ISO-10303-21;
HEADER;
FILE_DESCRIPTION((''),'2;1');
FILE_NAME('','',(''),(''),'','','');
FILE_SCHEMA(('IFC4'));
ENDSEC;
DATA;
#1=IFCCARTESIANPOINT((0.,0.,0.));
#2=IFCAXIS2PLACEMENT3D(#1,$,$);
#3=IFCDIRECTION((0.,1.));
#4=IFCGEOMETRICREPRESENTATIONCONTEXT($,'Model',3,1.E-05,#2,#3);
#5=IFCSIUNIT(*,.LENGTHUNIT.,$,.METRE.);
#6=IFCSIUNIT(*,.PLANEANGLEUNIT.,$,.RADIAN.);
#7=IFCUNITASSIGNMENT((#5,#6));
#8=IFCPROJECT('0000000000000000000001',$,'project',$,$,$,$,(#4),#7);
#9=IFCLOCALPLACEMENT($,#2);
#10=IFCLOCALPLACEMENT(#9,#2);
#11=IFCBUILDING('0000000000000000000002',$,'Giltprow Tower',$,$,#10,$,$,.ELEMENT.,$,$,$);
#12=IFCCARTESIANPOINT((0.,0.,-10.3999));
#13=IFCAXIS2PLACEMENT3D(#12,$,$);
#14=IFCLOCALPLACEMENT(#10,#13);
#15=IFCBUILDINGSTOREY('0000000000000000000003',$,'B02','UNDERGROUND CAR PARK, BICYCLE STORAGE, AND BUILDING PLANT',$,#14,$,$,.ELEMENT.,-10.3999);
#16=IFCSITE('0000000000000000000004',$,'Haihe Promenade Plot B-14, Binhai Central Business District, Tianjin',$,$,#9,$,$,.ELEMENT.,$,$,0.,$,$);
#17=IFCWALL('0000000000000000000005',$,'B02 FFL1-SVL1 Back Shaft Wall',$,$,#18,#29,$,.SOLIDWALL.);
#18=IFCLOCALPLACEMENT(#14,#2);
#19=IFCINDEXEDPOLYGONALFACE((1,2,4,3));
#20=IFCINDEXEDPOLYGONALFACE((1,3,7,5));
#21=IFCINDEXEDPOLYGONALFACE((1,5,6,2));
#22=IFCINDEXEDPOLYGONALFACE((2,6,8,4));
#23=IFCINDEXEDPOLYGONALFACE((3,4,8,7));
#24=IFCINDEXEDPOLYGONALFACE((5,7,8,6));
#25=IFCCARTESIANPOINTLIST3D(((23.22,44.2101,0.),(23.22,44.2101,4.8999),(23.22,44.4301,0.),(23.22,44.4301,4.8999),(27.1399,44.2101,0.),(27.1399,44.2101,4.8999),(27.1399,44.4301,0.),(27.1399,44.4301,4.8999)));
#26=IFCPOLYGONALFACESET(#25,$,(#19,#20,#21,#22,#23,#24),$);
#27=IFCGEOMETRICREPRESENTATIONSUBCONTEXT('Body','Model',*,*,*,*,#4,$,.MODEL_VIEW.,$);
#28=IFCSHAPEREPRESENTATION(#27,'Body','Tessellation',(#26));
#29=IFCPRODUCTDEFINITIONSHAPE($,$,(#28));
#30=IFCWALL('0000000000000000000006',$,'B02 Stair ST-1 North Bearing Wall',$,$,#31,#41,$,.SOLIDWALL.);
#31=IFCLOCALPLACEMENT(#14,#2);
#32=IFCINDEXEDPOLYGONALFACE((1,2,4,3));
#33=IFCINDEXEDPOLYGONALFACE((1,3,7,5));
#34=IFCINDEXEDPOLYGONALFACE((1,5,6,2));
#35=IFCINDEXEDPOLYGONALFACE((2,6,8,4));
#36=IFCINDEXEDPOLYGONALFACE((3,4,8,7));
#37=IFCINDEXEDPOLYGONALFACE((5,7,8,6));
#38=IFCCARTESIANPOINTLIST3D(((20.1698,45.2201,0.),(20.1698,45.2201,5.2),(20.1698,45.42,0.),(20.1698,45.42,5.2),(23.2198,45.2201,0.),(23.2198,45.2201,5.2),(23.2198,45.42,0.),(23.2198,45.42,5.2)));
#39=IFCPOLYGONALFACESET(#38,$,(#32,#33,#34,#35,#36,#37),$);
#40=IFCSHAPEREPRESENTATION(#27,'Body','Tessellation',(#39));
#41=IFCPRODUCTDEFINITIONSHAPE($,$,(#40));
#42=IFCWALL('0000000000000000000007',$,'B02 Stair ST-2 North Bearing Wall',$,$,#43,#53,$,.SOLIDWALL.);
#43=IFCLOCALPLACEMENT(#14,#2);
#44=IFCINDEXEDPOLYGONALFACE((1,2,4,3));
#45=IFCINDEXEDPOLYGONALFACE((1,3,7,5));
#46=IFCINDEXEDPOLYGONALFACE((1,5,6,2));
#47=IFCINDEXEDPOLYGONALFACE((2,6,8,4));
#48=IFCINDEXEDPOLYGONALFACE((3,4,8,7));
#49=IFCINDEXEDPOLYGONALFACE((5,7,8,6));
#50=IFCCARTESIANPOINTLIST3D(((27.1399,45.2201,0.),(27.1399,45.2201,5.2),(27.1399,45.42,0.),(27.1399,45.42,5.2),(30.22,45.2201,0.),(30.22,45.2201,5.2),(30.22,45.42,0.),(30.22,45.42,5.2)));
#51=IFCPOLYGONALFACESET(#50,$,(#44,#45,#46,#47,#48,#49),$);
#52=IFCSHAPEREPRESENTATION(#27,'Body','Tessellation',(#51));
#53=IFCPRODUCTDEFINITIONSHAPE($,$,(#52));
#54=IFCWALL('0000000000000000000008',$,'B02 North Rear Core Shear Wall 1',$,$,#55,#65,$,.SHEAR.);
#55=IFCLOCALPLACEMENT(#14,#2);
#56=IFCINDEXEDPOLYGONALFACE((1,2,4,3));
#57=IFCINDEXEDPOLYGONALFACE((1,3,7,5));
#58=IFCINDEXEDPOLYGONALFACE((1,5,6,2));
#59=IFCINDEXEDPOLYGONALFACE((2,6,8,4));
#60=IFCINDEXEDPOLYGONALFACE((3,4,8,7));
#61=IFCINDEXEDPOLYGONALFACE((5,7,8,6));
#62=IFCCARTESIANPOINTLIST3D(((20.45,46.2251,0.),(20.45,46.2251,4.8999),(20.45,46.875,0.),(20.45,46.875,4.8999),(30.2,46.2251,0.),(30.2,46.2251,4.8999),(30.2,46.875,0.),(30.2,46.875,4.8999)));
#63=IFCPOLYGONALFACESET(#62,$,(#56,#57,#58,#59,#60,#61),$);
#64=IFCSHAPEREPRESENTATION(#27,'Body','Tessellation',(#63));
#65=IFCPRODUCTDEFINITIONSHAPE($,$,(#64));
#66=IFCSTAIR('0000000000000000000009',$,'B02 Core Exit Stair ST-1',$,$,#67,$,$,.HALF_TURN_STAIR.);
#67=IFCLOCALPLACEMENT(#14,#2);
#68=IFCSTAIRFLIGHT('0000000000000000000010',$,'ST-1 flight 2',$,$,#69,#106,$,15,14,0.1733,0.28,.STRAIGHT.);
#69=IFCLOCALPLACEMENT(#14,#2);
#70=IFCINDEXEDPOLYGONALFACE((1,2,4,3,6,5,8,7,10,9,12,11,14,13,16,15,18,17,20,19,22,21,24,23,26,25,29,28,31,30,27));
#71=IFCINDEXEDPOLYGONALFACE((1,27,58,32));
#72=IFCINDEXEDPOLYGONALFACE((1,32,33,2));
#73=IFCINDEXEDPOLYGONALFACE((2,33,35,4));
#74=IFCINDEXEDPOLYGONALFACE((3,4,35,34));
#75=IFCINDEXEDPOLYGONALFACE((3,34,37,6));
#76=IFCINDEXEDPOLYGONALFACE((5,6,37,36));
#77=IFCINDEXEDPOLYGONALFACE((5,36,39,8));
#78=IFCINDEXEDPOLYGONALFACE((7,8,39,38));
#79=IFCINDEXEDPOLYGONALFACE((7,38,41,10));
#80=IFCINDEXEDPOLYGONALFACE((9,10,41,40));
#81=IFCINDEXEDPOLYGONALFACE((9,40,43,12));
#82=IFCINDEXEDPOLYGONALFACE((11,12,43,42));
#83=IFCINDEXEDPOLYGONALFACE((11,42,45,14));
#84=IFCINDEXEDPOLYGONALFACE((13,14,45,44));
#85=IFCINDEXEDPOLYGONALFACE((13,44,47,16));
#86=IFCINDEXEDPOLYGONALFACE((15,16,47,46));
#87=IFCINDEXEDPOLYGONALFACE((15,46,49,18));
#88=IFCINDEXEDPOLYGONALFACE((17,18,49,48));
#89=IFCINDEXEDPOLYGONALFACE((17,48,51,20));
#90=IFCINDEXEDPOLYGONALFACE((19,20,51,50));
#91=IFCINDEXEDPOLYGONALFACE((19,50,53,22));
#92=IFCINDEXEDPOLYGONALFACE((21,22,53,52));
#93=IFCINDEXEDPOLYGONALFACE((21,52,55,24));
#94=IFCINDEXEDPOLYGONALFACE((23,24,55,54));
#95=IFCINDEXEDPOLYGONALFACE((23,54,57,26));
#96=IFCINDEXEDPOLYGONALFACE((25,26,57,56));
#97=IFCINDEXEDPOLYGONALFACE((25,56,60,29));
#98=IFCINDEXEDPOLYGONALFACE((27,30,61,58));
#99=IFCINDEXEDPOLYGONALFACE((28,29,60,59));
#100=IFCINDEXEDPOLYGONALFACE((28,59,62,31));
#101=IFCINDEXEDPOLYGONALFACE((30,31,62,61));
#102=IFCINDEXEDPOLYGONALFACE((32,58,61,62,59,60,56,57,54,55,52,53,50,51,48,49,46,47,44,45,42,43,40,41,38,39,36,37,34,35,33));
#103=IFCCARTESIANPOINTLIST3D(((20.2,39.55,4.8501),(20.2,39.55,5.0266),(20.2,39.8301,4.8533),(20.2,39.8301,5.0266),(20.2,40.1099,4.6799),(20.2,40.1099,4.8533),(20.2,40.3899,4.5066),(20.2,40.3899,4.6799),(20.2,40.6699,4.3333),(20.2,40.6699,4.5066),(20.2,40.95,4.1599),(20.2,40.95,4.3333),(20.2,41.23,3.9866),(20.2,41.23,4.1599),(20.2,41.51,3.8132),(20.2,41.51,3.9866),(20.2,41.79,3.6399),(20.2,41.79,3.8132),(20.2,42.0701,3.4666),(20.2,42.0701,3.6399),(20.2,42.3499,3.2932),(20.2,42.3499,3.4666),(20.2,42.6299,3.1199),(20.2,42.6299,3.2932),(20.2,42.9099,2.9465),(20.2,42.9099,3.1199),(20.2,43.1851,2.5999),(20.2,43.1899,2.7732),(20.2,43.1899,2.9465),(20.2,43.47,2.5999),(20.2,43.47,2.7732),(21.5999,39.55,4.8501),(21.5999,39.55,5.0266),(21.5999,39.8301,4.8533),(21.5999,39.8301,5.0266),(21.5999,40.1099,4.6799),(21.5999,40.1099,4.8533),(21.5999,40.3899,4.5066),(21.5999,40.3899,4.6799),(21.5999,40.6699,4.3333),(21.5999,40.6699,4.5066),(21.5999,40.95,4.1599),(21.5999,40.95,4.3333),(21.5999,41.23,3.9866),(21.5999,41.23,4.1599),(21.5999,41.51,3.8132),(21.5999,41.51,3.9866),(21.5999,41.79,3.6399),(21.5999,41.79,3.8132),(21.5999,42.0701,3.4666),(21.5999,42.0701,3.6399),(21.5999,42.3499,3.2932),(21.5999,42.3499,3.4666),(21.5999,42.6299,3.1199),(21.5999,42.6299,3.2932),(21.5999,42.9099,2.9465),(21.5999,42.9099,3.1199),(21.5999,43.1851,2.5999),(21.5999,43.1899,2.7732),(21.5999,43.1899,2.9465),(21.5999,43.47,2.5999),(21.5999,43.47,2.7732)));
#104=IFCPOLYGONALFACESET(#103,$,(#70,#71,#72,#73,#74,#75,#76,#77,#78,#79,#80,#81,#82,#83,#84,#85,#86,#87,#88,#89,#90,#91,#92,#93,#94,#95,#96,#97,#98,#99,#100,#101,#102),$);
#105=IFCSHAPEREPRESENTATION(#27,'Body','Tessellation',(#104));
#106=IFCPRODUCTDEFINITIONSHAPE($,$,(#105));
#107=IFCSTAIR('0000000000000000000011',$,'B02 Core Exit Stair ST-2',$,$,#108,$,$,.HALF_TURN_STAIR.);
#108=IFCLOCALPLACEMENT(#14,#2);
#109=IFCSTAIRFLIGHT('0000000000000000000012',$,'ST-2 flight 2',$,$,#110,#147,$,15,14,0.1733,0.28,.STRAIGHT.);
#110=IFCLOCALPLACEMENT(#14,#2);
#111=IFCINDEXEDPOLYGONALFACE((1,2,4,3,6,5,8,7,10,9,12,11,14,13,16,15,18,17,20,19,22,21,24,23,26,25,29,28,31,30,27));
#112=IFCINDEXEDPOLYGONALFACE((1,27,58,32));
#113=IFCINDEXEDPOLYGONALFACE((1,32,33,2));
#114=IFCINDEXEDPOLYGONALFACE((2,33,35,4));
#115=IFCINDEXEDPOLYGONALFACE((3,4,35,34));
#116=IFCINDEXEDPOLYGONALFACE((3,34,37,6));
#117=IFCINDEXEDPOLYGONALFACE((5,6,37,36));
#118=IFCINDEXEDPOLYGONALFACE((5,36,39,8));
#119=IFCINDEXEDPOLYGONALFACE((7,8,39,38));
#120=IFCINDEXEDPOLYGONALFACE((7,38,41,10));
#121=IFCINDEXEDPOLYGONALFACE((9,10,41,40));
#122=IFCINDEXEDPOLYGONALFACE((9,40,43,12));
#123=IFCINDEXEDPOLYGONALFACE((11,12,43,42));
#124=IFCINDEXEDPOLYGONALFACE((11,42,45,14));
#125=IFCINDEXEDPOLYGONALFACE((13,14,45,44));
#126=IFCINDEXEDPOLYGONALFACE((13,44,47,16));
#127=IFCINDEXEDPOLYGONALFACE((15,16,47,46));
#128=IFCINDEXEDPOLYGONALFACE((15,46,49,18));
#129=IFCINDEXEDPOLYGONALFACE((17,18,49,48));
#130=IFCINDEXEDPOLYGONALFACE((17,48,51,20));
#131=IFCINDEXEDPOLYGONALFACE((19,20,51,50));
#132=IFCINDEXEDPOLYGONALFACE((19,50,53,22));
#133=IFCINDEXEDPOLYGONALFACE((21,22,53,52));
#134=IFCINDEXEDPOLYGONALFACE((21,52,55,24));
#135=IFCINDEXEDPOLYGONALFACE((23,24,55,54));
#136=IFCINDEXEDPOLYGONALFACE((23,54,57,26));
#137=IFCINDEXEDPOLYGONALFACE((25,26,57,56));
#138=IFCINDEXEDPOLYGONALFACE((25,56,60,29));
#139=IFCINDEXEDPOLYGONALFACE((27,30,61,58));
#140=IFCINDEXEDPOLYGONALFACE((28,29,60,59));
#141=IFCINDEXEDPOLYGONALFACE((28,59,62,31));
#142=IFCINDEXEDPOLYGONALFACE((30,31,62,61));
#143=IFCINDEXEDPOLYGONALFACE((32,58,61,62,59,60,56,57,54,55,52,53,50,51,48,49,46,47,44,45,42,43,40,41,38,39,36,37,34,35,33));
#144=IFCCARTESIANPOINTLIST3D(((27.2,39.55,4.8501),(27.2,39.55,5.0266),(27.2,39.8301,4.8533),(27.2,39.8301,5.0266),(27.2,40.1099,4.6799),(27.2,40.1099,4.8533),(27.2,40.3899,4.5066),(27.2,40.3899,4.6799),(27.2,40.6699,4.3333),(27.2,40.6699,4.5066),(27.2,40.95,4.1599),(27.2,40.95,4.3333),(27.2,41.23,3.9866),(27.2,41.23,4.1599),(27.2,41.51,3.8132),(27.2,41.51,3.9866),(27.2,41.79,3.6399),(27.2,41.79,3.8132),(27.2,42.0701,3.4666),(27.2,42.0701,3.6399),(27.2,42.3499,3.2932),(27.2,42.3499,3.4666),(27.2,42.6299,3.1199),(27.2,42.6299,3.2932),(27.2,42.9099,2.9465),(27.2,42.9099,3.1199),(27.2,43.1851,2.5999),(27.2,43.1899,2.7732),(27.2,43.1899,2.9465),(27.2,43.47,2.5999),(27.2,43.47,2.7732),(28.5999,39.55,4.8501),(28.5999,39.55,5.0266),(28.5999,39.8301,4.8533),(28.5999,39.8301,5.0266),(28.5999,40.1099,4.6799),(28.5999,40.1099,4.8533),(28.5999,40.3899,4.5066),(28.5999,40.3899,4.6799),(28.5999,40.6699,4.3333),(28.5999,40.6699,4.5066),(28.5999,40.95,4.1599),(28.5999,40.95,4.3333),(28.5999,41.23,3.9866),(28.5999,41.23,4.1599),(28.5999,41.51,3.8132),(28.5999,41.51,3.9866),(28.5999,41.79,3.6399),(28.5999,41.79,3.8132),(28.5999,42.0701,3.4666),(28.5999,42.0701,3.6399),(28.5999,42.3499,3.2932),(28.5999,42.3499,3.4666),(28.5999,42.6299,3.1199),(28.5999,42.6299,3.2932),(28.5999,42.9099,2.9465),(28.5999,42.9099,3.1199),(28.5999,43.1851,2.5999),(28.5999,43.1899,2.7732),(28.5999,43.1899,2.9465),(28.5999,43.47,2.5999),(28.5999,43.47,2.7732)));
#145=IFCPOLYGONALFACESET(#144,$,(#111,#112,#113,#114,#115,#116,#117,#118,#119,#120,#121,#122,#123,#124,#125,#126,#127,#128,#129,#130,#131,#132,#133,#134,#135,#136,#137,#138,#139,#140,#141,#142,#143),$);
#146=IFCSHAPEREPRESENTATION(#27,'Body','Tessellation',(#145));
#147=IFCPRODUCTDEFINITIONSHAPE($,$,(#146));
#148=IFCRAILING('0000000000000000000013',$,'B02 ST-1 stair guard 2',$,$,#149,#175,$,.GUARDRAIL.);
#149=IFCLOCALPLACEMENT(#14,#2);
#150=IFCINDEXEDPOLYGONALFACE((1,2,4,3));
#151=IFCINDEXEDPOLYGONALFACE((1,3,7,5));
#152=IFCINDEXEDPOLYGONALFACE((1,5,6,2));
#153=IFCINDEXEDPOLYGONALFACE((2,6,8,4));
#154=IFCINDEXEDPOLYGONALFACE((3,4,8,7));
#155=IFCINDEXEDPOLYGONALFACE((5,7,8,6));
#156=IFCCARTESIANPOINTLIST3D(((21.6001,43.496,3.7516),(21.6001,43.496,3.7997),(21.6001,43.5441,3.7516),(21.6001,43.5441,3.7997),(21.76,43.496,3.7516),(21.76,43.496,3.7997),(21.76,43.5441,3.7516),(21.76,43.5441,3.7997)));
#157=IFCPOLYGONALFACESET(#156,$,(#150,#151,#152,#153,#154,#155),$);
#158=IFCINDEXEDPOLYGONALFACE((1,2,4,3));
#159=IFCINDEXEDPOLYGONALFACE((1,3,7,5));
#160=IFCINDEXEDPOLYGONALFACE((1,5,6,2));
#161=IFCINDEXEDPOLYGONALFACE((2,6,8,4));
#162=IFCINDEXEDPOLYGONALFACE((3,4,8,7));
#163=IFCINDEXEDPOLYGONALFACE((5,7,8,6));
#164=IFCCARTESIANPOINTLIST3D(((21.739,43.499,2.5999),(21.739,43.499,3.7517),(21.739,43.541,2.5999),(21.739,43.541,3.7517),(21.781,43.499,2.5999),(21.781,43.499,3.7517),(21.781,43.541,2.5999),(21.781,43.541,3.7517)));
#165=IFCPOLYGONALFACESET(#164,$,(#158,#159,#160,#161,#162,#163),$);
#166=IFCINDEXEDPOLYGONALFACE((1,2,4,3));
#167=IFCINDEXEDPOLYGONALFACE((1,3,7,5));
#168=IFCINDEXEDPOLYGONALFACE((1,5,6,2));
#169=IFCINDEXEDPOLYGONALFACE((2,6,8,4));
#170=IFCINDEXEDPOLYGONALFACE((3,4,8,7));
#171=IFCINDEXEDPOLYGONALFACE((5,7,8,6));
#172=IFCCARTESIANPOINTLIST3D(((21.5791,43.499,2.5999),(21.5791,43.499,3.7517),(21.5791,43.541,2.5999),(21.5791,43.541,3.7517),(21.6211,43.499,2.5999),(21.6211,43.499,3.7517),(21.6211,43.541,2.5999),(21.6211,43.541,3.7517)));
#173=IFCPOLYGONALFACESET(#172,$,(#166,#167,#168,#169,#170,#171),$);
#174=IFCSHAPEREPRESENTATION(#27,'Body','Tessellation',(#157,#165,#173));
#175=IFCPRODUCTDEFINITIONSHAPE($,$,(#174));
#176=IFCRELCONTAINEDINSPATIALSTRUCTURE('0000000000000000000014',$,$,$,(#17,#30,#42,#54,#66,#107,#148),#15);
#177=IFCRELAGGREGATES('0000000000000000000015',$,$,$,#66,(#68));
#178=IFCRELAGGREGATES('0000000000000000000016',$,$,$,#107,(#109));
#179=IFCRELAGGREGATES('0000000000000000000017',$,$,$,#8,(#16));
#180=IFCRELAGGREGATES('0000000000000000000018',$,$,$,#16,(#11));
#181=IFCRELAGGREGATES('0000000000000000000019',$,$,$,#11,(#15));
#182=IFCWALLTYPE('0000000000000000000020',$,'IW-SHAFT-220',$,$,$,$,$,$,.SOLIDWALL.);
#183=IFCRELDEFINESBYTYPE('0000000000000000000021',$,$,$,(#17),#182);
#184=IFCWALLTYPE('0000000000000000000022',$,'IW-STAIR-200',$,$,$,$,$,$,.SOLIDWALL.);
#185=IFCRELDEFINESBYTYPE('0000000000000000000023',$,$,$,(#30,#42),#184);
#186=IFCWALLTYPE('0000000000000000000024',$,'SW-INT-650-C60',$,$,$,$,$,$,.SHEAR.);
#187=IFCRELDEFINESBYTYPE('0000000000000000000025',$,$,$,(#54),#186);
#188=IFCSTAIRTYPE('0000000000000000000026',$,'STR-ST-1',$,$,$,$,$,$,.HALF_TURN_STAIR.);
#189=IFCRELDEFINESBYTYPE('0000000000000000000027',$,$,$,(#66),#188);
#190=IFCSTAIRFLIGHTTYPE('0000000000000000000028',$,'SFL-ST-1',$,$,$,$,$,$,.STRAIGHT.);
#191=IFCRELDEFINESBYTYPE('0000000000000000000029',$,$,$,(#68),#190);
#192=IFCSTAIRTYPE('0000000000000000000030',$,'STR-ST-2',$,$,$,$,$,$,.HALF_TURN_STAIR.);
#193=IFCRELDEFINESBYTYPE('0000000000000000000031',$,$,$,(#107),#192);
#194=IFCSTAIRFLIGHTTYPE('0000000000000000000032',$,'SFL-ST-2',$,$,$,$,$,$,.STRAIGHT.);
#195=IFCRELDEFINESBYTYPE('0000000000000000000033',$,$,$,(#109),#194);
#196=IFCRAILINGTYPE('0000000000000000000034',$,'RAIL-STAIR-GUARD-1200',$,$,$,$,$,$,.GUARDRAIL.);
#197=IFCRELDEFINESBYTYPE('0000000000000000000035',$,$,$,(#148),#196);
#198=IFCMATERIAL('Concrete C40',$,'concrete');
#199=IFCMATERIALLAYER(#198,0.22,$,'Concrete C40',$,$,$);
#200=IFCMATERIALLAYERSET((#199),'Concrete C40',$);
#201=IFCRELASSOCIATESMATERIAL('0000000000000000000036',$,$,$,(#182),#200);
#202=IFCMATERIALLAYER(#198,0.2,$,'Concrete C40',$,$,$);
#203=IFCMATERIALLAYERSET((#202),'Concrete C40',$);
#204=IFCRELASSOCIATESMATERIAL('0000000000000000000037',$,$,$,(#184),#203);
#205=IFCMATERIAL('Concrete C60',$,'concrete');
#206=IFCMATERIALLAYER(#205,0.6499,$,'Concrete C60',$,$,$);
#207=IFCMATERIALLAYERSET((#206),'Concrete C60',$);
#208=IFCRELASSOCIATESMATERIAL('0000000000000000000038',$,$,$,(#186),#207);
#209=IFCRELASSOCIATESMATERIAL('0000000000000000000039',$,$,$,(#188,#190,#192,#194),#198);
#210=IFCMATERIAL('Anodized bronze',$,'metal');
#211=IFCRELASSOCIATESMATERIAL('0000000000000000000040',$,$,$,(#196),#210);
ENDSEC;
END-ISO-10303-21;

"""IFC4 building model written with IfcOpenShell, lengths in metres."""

from ifc_helpers import new_model, si_unit, direction, frame, frame_2d, origin, origin_2d, place, context, subcontext, project, spatial, polyline, rectangle, outline, extrude, material, layer, layer_set, type_object, element, aggregate, save


model = new_model("IFC4")

# Units and contexts
model_context = context("Model", 3, precision=1e-05, world=origin(), true_north=direction((0.0, 1.0)))
body_context = subcontext(model_context, "Body", "Model", "MODEL_VIEW")
ifc_project = project(units=[si_unit("LENGTHUNIT", "METRE"), si_unit("PLANEANGLEUNIT", "RADIAN")], contexts=[model_context])

# Site, building, storey
site_placement = place(None, origin())
site = spatial("IfcSite", under=ifc_project, at=site_placement, Name="Haihe Promenade Plot B-14, Binhai Central Business District, Tianjin", CompositionType="ELEMENT", RefElevation=0.0)
building_placement = place(site_placement, origin())
building = spatial("IfcBuilding", under=site, at=building_placement, Name="Giltprow Tower", CompositionType="ELEMENT")
storey_placement = place(building_placement, frame((0.0, 0.0, -10.3999)))
storey = spatial("IfcBuildingStorey", under=building, at=storey_placement, Name="B02", Description="UNDERGROUND CAR PARK, BICYCLE STORAGE, AND BUILDING PLANT", CompositionType="ELEMENT", Elevation=-10.3999)

# Shared definitions
ifc_material_1 = material(Name="Concrete C60", Category="concrete")

# Walls
ifc_material_2 = material(Name="Concrete C40", Category="concrete")
ifc_layer_1 = layer(ifc_material_2, 0.22, Name="Concrete C40")
ifc_layer_set_1 = layer_set([ifc_layer_1], Name="Concrete C40")
wall_type_1 = type_object("IfcWallType", Name="IW-SHAFT-220", PredefinedType="SOLIDWALL", material=ifc_layer_set_1)
wall_1_placement = place(storey_placement, frame((23.22, 44.3201, 0.0), z_axis=(0.0, 0.0, 1.0), x_axis=(1.0, 0.0, 0.0)))
element("IfcWall", 1, at=wall_1_placement, inside=storey, type_object=wall_type_1, Name="B02 FFL1-SVL1 Back Shaft Wall", PredefinedType="SOLIDWALL", context=body_context, shape_type="SweptSolid", body=[
    extrude(rectangle(XDim=3.9199, YDim=0.22, at=frame_2d((1.96, 0.0))), origin(), (0.0, 0.0, 1.0), 4.8999),
])
ifc_layer_2 = layer(ifc_material_2, 0.2, Name="Concrete C40")
ifc_layer_set_2 = layer_set([ifc_layer_2], Name="Concrete C40")
wall_type_2 = type_object("IfcWallType", Name="IW-STAIR-200", PredefinedType="SOLIDWALL", material=ifc_layer_set_2)
wall_2_placement = place(storey_placement, frame((20.1699, 45.3201, 0.0), z_axis=(0.0, 0.0, 1.0), x_axis=(1.0, 0.0, 0.0)))
element("IfcWall", 2, at=wall_2_placement, inside=storey, type_object=wall_type_2, Name="B02 Stair ST-1 North Bearing Wall", PredefinedType="SOLIDWALL", context=body_context, shape_type="SweptSolid", body=[
    extrude(rectangle(XDim=3.05, YDim=0.2, at=frame_2d((1.5249, 0.0))), origin(), (0.0, 0.0, 1.0), 5.2),
])
wall_3_placement = place(storey_placement, frame((27.1399, 45.3201, 0.0), z_axis=(0.0, 0.0, 1.0), x_axis=(1.0, 0.0, 0.0)))
element("IfcWall", 3, at=wall_3_placement, inside=storey, type_object=wall_type_2, Name="B02 Stair ST-2 North Bearing Wall", PredefinedType="SOLIDWALL", context=body_context, shape_type="SweptSolid", body=[
    extrude(rectangle(XDim=3.0801, YDim=0.2, at=frame_2d((1.54, 0.0))), origin(), (0.0, 0.0, 1.0), 5.2),
])
ifc_layer_3 = layer(ifc_material_1, 0.6499, Name="Concrete C60")
ifc_layer_set_3 = layer_set([ifc_layer_3], Name="Concrete C60")
wall_type_3 = type_object("IfcWallType", Name="SW-INT-650-C60", PredefinedType="SHEAR", material=ifc_layer_set_3)
wall_4_placement = place(storey_placement, frame((20.45, 46.55, 0.0), z_axis=(0.0, 0.0, 1.0), x_axis=(1.0, 0.0, 0.0)))
element("IfcWall", 4, at=wall_4_placement, inside=storey, type_object=wall_type_3, Name="B02 North Rear Core Shear Wall 1", PredefinedType="SHEAR", context=body_context, shape_type="SweptSolid", body=[
    extrude(rectangle(XDim=9.75, YDim=0.6499, at=frame_2d((4.875, 0.0))), origin(), (0.0, 0.0, 1.0), 4.8999),
])

# Stairs, stair flights
stair_type_1 = type_object("IfcStairType", Name="STR-ST-1", PredefinedType="HALF_TURN_STAIR", material=ifc_material_2)
stair_1_placement = place(storey_placement, origin())
stair_1 = element("IfcStair", 5, at=stair_1_placement, inside=storey, type_object=stair_type_1, Name="B02 Core Exit Stair ST-1", PredefinedType="HALF_TURN_STAIR")
stair_flight_type_1 = type_object("IfcStairFlightType", Name="SFL-ST-1", PredefinedType="STRAIGHT", material=ifc_material_2)
stair_flight_1_placement = place(storey_placement, frame((20.8999, 43.47, 2.5999), z_axis=(0.0, 0.0, 1.0), x_axis=(0.0, -1.0, 0.0)))
stair_flight_1 = element("IfcStairFlight", 6, at=stair_flight_1_placement, type_object=stair_flight_type_1, Name="ST-1 flight 2", NumberOfRisers=15, NumberOfTreads=14, PredefinedType="STRAIGHT", RiserHeight=0.1733, TreadLength=0.28, context=body_context, shape_type="SweptSolid", body=[
    extrude(outline(polyline([(0.0, 0.0), (0.0, 0.1733), (0.28, 0.1733), (0.28, 0.3467), (0.5601, 0.3467), (0.5601, 0.52), (0.8401, 0.52), (0.8401, 0.6934), (1.1201, 0.6934), (1.1201, 0.8667), (1.3999, 0.8667), (1.3999, 1.04), (1.6799, 1.04), (1.6799, 1.2134), (1.96, 1.2134), (1.96, 1.3867), (2.24, 1.3867), (2.24, 1.5601), (2.52, 1.5601), (2.52, 1.7334), (2.8, 1.7334), (2.8, 1.9067), (3.0801, 1.9067), (3.0801, 2.0801), (3.3601, 2.0801), (3.3601, 2.2534), (3.6399, 2.2534), (3.6399, 2.4268), (3.9199, 2.4268), (3.9199, 2.6001), (3.9199, 2.2502), (0.2849, 0.0), (0.0, 0.0)])), frame((0.0, 0.7, 0.0), z_axis=(0.0, -1.0, 0.0), x_axis=(1.0, 0.0, 0.0)), (0.0, 0.0, 1.0), 1.3999),
])
aggregate(stair_1, [stair_flight_1])
stair_type_2 = type_object("IfcStairType", Name="STR-ST-2", PredefinedType="HALF_TURN_STAIR", material=ifc_material_2)
stair_2_placement = place(storey_placement, origin())
stair_2 = element("IfcStair", 7, at=stair_2_placement, inside=storey, type_object=stair_type_2, Name="B02 Core Exit Stair ST-2", PredefinedType="HALF_TURN_STAIR")
stair_flight_type_2 = type_object("IfcStairFlightType", Name="SFL-ST-2", PredefinedType="STRAIGHT", material=ifc_material_2)
stair_flight_2_placement = place(storey_placement, frame((27.8999, 43.47, 2.5999), z_axis=(0.0, 0.0, 1.0), x_axis=(0.0, -1.0, 0.0)))
stair_flight_2 = element("IfcStairFlight", 8, at=stair_flight_2_placement, type_object=stair_flight_type_2, Name="ST-2 flight 2", NumberOfRisers=15, NumberOfTreads=14, PredefinedType="STRAIGHT", RiserHeight=0.1733, TreadLength=0.28, context=body_context, shape_type="SweptSolid", body=[
    extrude(outline(polyline([(0.0, 0.0), (0.0, 0.1733), (0.28, 0.1733), (0.28, 0.3467), (0.5601, 0.3467), (0.5601, 0.52), (0.8401, 0.52), (0.8401, 0.6934), (1.1201, 0.6934), (1.1201, 0.8667), (1.3999, 0.8667), (1.3999, 1.04), (1.6799, 1.04), (1.6799, 1.2134), (1.96, 1.2134), (1.96, 1.3867), (2.24, 1.3867), (2.24, 1.5601), (2.52, 1.5601), (2.52, 1.7334), (2.8, 1.7334), (2.8, 1.9067), (3.0801, 1.9067), (3.0801, 2.0801), (3.3601, 2.0801), (3.3601, 2.2534), (3.6399, 2.2534), (3.6399, 2.4268), (3.9199, 2.4268), (3.9199, 2.6001), (3.9199, 2.2502), (0.2849, 0.0), (0.0, 0.0)])), frame((0.0, 0.7, 0.0), z_axis=(0.0, -1.0, 0.0), x_axis=(1.0, 0.0, 0.0)), (0.0, 0.0, 1.0), 1.3999),
])
aggregate(stair_2, [stair_flight_2])

# Railing
ifc_material_3 = material(Name="Anodized bronze", Category="metal")
railing_type_1 = type_object("IfcRailingType", Name="RAIL-STAIR-GUARD-1200", PredefinedType="GUARDRAIL", material=ifc_material_3)
railing_1_placement = place(storey_placement, frame((21.76, 43.52, 2.5999)))
element("IfcRailing", 9, at=railing_1_placement, inside=storey, type_object=railing_type_1, Name="B02 ST-1 stair guard 2", PredefinedType="GUARDRAIL", context=body_context, shape_type="SweptSolid", body=[
    extrude(rectangle(XDim=0.0481, YDim=0.0481, at=origin_2d()), frame((0.0, 0.0, 1.1758), z_axis=(-1.0, 0.0, 0.0), x_axis=(0.0, -1.0, 0.0)), (0.0, 0.0, 1.0), 0.1599),
    extrude(rectangle(XDim=0.042, YDim=0.042, at=origin_2d()), origin(), (0.0, 0.0, 1.0), 1.1519),
    extrude(rectangle(XDim=0.042, YDim=0.042, at=origin_2d()), frame((-0.1599, 0.0, 0.0)), (0.0, 0.0, 1.0), 1.1519),
])

save(model, "model.ifc")
